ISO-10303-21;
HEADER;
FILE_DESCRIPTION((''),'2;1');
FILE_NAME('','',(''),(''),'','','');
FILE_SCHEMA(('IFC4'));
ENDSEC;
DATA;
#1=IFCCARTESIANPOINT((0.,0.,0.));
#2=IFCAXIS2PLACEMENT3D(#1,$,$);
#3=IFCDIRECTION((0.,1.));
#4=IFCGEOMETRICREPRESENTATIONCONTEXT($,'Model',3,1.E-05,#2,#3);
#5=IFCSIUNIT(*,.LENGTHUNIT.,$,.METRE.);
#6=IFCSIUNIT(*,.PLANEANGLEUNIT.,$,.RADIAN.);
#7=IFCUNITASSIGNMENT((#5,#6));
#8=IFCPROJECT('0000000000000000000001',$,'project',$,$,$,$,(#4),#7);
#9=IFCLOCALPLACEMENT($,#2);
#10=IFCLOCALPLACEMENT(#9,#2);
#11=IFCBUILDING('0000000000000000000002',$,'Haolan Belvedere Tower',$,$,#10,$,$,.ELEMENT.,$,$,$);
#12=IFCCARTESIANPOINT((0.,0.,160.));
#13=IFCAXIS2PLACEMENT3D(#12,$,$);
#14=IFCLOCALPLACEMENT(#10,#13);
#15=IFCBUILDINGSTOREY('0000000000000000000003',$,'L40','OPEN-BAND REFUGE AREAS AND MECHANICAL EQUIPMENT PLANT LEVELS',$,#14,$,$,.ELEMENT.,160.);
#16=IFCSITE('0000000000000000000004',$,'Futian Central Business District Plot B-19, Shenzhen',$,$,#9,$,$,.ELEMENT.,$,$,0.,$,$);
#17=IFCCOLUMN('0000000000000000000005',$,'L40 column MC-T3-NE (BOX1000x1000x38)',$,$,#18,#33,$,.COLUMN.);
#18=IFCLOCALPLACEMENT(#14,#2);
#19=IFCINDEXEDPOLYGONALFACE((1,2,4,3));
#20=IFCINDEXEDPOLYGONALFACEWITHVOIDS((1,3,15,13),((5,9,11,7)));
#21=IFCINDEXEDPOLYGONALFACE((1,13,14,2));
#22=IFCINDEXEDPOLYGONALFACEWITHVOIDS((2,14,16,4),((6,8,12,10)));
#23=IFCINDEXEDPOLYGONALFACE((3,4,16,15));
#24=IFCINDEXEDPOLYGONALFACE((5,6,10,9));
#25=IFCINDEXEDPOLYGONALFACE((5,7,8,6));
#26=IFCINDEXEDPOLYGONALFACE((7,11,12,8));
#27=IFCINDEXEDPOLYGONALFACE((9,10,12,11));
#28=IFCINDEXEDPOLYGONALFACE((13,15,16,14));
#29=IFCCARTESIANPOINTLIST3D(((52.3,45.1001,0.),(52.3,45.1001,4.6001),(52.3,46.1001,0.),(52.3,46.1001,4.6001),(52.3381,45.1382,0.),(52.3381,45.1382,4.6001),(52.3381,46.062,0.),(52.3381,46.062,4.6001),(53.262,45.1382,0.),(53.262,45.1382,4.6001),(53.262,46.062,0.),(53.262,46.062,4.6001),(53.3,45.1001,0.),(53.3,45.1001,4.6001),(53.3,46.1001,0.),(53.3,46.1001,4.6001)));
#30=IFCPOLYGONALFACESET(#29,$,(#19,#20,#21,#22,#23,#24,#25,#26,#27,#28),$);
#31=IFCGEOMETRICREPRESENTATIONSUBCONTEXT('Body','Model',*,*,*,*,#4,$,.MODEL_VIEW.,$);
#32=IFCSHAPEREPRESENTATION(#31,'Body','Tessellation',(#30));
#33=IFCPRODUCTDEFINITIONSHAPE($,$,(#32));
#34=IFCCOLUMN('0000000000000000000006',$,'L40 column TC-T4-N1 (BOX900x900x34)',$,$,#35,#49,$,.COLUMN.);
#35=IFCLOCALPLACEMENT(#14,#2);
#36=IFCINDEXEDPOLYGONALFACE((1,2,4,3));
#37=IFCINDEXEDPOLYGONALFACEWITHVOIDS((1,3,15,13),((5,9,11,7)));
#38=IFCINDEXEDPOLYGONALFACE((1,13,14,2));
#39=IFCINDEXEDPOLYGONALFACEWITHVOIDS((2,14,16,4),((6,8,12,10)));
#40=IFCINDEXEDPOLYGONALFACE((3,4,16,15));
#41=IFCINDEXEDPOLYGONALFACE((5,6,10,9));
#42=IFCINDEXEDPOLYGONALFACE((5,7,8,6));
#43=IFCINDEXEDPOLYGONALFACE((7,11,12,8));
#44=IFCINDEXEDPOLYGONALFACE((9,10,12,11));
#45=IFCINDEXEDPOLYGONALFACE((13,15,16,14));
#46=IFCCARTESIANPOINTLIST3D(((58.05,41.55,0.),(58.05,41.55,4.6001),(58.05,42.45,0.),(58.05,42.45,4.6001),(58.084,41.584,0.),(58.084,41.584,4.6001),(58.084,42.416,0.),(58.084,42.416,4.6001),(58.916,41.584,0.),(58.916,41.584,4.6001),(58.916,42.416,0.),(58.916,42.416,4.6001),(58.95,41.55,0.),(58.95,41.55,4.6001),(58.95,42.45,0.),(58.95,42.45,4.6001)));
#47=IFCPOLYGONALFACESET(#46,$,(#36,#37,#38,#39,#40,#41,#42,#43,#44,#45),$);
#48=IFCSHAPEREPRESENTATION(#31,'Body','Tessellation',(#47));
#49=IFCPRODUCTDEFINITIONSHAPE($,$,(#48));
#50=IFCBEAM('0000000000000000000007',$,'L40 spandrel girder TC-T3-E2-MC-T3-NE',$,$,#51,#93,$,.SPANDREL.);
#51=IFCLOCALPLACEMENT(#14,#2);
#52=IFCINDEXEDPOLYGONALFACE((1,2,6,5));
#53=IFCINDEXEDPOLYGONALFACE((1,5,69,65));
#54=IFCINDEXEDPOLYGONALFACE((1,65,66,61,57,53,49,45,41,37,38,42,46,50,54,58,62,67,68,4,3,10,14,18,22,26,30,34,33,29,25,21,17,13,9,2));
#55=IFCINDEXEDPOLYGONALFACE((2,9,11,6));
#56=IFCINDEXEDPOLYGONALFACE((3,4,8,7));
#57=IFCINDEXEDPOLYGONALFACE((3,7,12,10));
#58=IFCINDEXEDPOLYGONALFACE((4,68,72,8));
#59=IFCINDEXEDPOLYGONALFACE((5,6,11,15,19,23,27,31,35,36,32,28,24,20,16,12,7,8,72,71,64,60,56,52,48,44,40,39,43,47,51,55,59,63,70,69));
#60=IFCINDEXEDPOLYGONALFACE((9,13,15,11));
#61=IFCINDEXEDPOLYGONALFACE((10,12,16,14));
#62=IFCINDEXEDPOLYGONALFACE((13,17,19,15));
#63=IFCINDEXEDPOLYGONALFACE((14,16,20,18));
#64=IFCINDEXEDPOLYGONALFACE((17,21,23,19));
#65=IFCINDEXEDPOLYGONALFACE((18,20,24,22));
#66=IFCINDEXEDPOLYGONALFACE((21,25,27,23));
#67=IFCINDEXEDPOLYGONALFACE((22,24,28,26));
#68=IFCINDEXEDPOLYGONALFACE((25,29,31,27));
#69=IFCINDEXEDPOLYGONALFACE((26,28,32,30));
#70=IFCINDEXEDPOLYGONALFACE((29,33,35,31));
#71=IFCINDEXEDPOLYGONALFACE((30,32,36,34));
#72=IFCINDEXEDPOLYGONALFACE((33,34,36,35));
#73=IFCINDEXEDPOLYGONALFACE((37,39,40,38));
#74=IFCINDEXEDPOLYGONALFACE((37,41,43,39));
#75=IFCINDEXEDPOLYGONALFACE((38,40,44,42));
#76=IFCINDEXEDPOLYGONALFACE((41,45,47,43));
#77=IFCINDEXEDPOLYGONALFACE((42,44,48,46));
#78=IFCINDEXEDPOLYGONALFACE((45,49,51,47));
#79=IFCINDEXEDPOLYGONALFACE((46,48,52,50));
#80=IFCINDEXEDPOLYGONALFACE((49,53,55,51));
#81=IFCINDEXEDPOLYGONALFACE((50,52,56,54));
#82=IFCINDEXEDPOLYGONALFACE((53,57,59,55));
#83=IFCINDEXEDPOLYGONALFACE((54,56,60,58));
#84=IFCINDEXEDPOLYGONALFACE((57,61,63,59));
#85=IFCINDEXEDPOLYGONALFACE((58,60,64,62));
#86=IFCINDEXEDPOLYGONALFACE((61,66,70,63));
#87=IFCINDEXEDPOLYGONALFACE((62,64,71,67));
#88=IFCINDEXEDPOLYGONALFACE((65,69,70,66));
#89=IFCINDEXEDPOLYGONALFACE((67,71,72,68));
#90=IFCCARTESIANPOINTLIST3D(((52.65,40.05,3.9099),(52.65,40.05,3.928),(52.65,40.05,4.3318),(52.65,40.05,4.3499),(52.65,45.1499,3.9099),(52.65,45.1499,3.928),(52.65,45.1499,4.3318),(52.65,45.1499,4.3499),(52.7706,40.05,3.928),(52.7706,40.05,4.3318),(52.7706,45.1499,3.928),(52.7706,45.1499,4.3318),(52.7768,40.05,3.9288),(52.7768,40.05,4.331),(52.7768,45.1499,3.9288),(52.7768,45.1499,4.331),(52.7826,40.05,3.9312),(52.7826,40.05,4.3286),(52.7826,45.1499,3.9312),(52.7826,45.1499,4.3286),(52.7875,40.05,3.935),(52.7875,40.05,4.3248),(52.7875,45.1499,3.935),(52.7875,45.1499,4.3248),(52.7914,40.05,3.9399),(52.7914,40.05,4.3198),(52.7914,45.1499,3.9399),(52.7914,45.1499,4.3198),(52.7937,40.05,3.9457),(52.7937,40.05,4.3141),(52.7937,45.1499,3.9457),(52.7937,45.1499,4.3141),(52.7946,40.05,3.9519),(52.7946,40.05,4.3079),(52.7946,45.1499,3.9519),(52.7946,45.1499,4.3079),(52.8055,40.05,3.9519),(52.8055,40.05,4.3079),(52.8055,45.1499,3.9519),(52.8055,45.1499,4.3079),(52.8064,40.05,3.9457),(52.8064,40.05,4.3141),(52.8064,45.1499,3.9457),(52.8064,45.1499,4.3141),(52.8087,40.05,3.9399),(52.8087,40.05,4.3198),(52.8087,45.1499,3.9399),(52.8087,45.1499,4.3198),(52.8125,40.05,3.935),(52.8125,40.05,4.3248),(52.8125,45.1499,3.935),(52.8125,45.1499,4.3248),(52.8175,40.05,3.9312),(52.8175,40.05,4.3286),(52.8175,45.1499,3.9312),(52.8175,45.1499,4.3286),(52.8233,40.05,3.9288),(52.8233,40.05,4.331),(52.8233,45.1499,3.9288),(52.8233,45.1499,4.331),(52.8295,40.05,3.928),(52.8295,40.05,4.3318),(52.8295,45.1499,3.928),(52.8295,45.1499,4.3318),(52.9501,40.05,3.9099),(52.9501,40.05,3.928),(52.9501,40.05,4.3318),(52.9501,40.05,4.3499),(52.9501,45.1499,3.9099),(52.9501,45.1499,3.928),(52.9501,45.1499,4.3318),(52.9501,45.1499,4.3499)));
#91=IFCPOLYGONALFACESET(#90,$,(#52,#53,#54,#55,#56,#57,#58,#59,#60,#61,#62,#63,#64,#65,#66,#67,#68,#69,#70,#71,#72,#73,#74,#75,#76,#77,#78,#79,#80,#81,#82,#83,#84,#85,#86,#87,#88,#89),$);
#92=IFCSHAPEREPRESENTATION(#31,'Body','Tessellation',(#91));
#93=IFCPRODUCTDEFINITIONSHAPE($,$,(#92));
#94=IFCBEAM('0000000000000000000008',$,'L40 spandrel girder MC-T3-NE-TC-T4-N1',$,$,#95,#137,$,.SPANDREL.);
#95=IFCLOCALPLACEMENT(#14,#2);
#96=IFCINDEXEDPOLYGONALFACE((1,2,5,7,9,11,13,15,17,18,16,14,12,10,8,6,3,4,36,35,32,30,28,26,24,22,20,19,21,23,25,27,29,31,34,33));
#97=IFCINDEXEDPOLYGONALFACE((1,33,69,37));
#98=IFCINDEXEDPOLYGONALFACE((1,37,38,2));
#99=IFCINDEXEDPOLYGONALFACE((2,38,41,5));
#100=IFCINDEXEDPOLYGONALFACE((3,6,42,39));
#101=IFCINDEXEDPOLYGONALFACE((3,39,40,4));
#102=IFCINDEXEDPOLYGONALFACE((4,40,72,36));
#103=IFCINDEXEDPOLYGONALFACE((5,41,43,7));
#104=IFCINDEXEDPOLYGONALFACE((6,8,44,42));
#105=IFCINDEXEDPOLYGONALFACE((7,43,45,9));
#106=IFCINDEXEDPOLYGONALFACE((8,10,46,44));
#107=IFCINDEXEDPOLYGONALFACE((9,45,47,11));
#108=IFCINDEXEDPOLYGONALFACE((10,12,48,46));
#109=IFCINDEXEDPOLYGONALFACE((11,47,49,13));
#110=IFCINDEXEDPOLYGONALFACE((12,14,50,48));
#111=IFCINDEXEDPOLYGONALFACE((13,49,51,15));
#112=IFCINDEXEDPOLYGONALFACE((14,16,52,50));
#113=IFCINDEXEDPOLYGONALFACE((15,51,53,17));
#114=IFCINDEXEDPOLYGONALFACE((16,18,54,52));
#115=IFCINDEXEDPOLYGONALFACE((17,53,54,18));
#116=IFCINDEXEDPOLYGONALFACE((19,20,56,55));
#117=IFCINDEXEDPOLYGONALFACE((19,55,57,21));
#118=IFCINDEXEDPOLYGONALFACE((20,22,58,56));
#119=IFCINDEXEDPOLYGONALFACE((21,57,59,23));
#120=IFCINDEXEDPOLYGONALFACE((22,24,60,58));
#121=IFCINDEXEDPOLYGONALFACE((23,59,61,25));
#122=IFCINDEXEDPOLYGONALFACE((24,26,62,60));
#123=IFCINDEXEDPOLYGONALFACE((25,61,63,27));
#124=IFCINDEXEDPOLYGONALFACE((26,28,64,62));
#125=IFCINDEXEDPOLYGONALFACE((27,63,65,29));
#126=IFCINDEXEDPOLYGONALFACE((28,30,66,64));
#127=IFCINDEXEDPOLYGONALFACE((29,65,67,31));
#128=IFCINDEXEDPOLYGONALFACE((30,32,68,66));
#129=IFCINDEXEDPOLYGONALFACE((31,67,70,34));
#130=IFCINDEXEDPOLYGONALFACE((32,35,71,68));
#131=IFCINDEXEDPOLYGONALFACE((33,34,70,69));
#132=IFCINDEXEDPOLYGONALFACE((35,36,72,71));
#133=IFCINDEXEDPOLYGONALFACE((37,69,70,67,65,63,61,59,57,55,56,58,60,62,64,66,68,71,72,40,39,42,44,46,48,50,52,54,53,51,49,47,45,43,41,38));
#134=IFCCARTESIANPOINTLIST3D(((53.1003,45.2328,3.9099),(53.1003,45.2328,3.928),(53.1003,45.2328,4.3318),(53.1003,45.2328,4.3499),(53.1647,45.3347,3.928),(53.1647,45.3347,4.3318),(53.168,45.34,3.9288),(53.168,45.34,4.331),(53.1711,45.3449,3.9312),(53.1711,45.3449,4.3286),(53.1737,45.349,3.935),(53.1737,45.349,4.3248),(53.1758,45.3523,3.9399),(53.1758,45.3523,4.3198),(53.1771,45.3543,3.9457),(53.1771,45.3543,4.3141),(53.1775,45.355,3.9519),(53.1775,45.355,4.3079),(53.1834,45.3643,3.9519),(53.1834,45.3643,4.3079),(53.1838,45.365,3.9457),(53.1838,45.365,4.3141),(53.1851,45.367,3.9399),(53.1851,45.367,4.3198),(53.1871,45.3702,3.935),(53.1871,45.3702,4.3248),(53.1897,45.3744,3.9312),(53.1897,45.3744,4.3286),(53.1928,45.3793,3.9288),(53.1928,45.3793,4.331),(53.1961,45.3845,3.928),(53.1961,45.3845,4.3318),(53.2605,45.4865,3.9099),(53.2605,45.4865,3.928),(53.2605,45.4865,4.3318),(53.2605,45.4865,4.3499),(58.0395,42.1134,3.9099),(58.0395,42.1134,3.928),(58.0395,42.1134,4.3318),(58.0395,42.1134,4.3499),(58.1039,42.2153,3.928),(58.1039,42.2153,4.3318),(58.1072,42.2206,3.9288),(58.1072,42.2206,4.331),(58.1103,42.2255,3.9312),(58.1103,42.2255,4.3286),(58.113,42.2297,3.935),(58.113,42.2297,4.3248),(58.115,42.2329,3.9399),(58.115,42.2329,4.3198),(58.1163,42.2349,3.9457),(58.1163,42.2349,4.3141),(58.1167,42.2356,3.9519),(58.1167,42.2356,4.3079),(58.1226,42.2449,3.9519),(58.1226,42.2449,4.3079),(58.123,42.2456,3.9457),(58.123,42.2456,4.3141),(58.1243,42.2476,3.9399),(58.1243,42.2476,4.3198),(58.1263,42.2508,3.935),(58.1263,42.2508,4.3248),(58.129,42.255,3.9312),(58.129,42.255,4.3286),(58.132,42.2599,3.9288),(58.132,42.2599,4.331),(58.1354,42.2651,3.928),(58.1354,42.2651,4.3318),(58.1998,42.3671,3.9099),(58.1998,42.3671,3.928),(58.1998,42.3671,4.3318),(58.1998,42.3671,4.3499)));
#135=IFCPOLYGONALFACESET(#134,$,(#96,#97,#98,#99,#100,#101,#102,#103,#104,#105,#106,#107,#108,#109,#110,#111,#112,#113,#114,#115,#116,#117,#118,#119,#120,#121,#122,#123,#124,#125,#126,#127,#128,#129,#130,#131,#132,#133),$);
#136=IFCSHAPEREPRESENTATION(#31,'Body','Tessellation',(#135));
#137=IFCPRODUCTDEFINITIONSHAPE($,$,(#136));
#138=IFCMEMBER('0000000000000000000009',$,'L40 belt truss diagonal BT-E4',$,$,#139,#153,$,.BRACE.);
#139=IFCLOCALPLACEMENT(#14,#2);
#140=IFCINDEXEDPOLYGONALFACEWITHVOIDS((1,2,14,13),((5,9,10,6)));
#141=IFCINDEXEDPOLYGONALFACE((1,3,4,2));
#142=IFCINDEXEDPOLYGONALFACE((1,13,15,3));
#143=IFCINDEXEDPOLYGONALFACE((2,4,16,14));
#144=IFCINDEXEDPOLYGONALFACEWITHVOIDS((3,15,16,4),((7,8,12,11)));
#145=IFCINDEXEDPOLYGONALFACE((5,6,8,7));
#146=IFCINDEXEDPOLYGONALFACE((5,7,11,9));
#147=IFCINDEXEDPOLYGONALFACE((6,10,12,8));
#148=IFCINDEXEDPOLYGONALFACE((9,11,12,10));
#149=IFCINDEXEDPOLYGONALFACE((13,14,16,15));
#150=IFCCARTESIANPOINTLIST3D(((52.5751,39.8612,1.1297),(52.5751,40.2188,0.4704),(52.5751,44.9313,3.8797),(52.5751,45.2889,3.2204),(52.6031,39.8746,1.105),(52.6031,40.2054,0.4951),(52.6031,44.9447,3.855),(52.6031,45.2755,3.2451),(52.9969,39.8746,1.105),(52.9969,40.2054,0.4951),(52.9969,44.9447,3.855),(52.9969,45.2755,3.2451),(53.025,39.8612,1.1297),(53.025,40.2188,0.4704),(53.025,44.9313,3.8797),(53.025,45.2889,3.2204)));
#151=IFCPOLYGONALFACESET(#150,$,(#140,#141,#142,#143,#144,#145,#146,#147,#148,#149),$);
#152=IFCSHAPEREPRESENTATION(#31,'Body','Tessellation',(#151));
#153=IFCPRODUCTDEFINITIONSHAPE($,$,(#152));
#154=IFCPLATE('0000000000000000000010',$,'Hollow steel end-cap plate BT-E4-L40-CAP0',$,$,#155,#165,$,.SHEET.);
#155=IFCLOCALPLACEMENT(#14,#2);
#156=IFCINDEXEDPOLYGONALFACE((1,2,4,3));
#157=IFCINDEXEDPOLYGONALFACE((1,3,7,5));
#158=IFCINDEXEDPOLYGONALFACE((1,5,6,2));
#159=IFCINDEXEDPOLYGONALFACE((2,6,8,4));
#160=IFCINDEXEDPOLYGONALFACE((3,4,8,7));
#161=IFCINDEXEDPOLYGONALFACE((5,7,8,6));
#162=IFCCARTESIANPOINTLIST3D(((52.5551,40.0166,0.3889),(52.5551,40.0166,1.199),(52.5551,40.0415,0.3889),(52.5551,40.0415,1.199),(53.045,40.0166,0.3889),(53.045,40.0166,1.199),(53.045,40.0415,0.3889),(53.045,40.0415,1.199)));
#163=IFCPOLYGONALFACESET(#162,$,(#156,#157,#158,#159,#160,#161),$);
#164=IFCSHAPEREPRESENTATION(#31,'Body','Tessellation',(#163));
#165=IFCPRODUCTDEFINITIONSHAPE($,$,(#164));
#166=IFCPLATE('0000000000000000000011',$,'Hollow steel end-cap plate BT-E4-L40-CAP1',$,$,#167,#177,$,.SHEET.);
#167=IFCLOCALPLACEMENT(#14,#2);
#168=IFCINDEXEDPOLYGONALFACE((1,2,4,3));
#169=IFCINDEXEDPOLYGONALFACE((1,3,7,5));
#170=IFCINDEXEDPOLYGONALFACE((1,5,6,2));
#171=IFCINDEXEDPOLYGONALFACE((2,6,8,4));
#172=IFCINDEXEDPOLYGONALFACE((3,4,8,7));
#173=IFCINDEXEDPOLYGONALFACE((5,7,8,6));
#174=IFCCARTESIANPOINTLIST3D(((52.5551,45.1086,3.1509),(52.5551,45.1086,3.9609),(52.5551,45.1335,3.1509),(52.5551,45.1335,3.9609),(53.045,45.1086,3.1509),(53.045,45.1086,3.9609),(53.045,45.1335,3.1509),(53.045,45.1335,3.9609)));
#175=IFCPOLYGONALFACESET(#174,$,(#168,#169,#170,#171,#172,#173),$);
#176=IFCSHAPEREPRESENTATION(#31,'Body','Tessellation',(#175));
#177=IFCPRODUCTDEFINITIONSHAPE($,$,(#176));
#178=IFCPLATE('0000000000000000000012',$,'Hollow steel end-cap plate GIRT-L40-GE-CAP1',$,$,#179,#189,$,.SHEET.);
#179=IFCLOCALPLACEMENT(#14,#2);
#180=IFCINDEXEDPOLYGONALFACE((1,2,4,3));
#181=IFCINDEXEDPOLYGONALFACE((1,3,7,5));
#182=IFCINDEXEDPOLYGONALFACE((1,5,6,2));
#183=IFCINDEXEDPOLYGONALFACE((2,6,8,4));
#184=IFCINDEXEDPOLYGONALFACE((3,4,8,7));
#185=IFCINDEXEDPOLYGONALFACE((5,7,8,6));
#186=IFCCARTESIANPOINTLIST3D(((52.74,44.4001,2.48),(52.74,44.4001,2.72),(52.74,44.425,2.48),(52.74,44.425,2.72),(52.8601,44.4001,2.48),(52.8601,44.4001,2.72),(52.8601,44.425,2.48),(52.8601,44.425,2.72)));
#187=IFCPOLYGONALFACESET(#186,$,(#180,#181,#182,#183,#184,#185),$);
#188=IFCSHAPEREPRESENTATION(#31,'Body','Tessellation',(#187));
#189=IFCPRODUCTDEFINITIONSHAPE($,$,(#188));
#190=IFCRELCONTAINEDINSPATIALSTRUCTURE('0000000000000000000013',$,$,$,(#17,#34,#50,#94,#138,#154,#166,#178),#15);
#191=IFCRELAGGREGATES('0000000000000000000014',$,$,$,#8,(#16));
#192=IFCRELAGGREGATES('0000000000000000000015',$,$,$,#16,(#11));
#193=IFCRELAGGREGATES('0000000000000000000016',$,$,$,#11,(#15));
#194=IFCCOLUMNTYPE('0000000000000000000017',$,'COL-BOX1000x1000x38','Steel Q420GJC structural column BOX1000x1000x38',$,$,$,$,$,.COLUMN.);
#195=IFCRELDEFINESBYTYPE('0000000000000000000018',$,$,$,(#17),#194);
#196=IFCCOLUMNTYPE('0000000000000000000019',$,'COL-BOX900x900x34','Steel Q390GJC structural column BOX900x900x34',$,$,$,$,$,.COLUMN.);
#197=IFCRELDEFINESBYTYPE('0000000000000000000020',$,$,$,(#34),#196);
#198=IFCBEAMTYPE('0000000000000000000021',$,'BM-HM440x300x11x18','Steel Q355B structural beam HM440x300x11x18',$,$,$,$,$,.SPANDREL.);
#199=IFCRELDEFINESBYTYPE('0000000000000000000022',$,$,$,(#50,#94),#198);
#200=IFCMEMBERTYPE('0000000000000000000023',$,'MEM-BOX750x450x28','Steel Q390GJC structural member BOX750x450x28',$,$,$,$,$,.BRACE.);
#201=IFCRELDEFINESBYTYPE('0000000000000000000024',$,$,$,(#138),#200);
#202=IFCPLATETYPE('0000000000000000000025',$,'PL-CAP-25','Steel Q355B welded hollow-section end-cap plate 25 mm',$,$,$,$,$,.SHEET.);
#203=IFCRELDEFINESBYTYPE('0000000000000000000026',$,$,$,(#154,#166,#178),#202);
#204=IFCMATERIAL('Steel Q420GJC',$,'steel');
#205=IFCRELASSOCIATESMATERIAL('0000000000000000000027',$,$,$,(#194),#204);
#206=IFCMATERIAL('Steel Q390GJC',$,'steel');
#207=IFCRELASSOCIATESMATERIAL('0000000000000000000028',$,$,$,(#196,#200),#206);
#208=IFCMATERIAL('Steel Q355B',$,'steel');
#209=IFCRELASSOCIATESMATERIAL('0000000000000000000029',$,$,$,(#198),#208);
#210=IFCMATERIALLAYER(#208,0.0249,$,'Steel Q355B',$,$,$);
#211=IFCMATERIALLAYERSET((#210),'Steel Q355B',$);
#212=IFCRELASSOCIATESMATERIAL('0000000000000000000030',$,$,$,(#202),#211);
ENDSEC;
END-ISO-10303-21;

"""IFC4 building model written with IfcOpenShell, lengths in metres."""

from ifc_helpers import new_model, si_unit, direction, frame, origin, origin_2d, place, context, subcontext, project, spatial, rectangle, hollow_rectangle, i_section, extrude, material, layer, layer_set, material_profile, profile_set, type_object, element, save


model = new_model("IFC4")

# Units and contexts
model_context = context("Model", 3, precision=1e-05, world=origin(), true_north=direction((0.0, 1.0)))
body_context = subcontext(model_context, "Body", "Model", "MODEL_VIEW")
ifc_project = project(units=[si_unit("LENGTHUNIT", "METRE"), si_unit("PLANEANGLEUNIT", "RADIAN")], contexts=[model_context])

# Site, building, storey
site_placement = place(None, origin())
site = spatial("IfcSite", under=ifc_project, at=site_placement, Name="Futian Central Business District Plot B-19, Shenzhen", CompositionType="ELEMENT", RefElevation=0.0)
building_placement = place(site_placement, origin())
building = spatial("IfcBuilding", under=site, at=building_placement, Name="Haolan Belvedere Tower", CompositionType="ELEMENT")
storey_placement = place(building_placement, frame((0.0, 0.0, 160.0)))
storey = spatial("IfcBuildingStorey", under=building, at=storey_placement, Name="L40", Description="OPEN-BAND REFUGE AREAS AND MECHANICAL EQUIPMENT PLANT LEVELS", CompositionType="ELEMENT", Elevation=160.0)

# Columns
ifc_material_1 = material(Name="Steel Q420GJC", Category="steel")
ifc_material_profile_1 = material_profile(ifc_material_1, hollow_rectangle(XDim=1.0, YDim=1.0, WallThickness=0.0381, at=origin_2d()), Name="Steel Q420GJC")
ifc_profile_set_1 = profile_set([ifc_material_profile_1], Name="Steel Q420GJC")
column_type_1 = type_object("IfcColumnType", Name="COL-BOX1000x1000x38", Description="Steel Q420GJC structural column BOX1000x1000x38", PredefinedType="COLUMN", material=ifc_profile_set_1)
column_1_placement = place(storey_placement, frame((52.8, 45.6001, 0.0), z_axis=(0.0, 0.0, 1.0), x_axis=(1.0, 0.0, 0.0)))
element("IfcColumn", 1, at=column_1_placement, inside=storey, type_object=column_type_1, Name="L40 column MC-T3-NE (BOX1000x1000x38)", PredefinedType="COLUMN", context=body_context, shape_type="SweptSolid", body=[
    extrude(hollow_rectangle(XDim=1.0, YDim=1.0, WallThickness=0.0381, at=origin_2d()), origin(), (0.0, 0.0, 1.0), 4.6001),
])
ifc_material_2 = material(Name="Steel Q390GJC", Category="steel")
ifc_material_profile_2 = material_profile(ifc_material_2, hollow_rectangle(XDim=0.8999, YDim=0.8999, WallThickness=0.0339, at=origin_2d()), Name="Steel Q390GJC")
ifc_profile_set_2 = profile_set([ifc_material_profile_2], Name="Steel Q390GJC")
column_type_2 = type_object("IfcColumnType", Name="COL-BOX900x900x34", Description="Steel Q390GJC structural column BOX900x900x34", PredefinedType="COLUMN", material=ifc_profile_set_2)
column_2_placement = place(storey_placement, frame((58.5, 42.0, 0.0), z_axis=(0.0, 0.0, 1.0), x_axis=(1.0, 0.0, 0.0)))
element("IfcColumn", 2, at=column_2_placement, inside=storey, type_object=column_type_2, Name="L40 column TC-T4-N1 (BOX900x900x34)", PredefinedType="COLUMN", context=body_context, shape_type="SweptSolid", body=[
    extrude(hollow_rectangle(XDim=0.8999, YDim=0.8999, WallThickness=0.0339, at=origin_2d()), origin(), (0.0, 0.0, 1.0), 4.6001),
])

# Beams
ifc_material_3 = material(Name="Steel Q355B", Category="steel")
ifc_material_profile_3 = material_profile(ifc_material_3, i_section(OverallWidth=0.3, OverallDepth=0.4399, WebThickness=0.011, FlangeThickness=0.0181, FilletRadius=0.0239, at=origin_2d()), Name="Steel Q355B")
ifc_profile_set_3 = profile_set([ifc_material_profile_3], Name="Steel Q355B")
beam_type = type_object("IfcBeamType", Name="BM-HM440x300x11x18", Description="Steel Q355B structural beam HM440x300x11x18", PredefinedType="SPANDREL", material=ifc_profile_set_3)
beam_1_placement = place(storey_placement, frame((52.8, 40.05, 4.1299), z_axis=(0.0, 1.0, 0.0), x_axis=(-1.0, 0.0, 0.0)))
element("IfcBeam", 3, at=beam_1_placement, inside=storey, type_object=beam_type, Name="L40 spandrel girder TC-T3-E2-MC-T3-NE", PredefinedType="SPANDREL", context=body_context, shape_type="SweptSolid", body=[
    extrude(i_section(OverallWidth=0.3, OverallDepth=0.4399, WebThickness=0.011, FlangeThickness=0.0181, FilletRadius=0.0239, at=origin_2d()), origin(), (0.0, 0.0, 1.0), 5.0999),
])
beam_2_placement = place(storey_placement, frame((53.1804, 45.3596, 4.1299), z_axis=(0.845498, -0.533979, 0.0), x_axis=(0.533979, 0.845498, 0.0)))
element("IfcBeam", 4, at=beam_2_placement, inside=storey, type_object=beam_type, Name="L40 spandrel girder MC-T3-NE-TC-T4-N1", PredefinedType="SPANDREL", context=body_context, shape_type="SweptSolid", body=[
    extrude(i_section(OverallWidth=0.3, OverallDepth=0.4399, WebThickness=0.011, FlangeThickness=0.0181, FilletRadius=0.0239, at=origin_2d()), origin(), (0.0, 0.0, 1.0), 5.8418),
])

# Member
ifc_material_profile_4 = material_profile(ifc_material_2, hollow_rectangle(XDim=0.45, YDim=0.75, WallThickness=0.0281, at=origin_2d()), Name="Steel Q390GJC")
ifc_profile_set_4 = profile_set([ifc_material_profile_4], Name="Steel Q390GJC")
member_type = type_object("IfcMemberType", Name="MEM-BOX750x450x28", Description="Steel Q390GJC structural member BOX750x450x28", PredefinedType="BRACE", material=ifc_profile_set_4)
member_placement = place(storey_placement, frame((52.8, 40.04, 0.8), z_axis=(0.0, 0.879022, 0.476781), x_axis=(-1.0, 0.0, 0.0)))
element("IfcMember", 5, at=member_placement, inside=storey, type_object=member_type, Name="L40 belt truss diagonal BT-E4", PredefinedType="BRACE", context=body_context, shape_type="SweptSolid", body=[
    extrude(hollow_rectangle(XDim=0.45, YDim=0.75, WallThickness=0.0281, at=origin_2d()), origin(), (0.0, 0.0, 1.0), 5.7678),
])

# Plates
ifc_layer_1 = layer(ifc_material_3, 0.0249, Name="Steel Q355B")
ifc_layer_set_1 = layer_set([ifc_layer_1], Name="Steel Q355B")
plate_type_1 = type_object("IfcPlateType", Name="PL-CAP-25", Description="Steel Q355B welded hollow-section end-cap plate 25 mm", PredefinedType="SHEET", material=ifc_layer_set_1)
for number, where, z_axis, x_axis, name in (
    (6, (52.8, 40.0291, 0.3889), (0.0, 0.0, 1.0), (1.0, 0.0, 0.0), "Hollow steel end-cap plate BT-E4-L40-CAP0"),
    (7, (52.8, 45.1211, 3.1509), (0.0, 0.0, 1.0), (-1.0, 0.0, 0.0), "Hollow steel end-cap plate BT-E4-L40-CAP1"),
):
    element("IfcPlate", number, at=place(storey_placement, frame(where, z_axis=z_axis, x_axis=x_axis)), inside=storey, type_object=plate_type_1, Name=name, PredefinedType="SHEET", context=body_context, shape_type="SweptSolid", body=[
        extrude(rectangle(XDim=0.49, YDim=0.0249, at=origin_2d()), origin(), (0.0, 0.0, 1.0), 0.8101),
    ])
plate_1_placement = place(storey_placement, frame((52.8, 44.4126, 2.48), z_axis=(0.0, 0.0, 1.0), x_axis=(-1.0, 0.0, 0.0)))
element("IfcPlate", 8, at=plate_1_placement, inside=storey, type_object=plate_type_1, Name="Hollow steel end-cap plate GIRT-L40-GE-CAP1", PredefinedType="SHEET", context=body_context, shape_type="SweptSolid", body=[
    extrude(rectangle(XDim=0.1201, YDim=0.0249, at=origin_2d()), origin(), (0.0, 0.0, 1.0), 0.24),
])

save(model, "model.ifc")
